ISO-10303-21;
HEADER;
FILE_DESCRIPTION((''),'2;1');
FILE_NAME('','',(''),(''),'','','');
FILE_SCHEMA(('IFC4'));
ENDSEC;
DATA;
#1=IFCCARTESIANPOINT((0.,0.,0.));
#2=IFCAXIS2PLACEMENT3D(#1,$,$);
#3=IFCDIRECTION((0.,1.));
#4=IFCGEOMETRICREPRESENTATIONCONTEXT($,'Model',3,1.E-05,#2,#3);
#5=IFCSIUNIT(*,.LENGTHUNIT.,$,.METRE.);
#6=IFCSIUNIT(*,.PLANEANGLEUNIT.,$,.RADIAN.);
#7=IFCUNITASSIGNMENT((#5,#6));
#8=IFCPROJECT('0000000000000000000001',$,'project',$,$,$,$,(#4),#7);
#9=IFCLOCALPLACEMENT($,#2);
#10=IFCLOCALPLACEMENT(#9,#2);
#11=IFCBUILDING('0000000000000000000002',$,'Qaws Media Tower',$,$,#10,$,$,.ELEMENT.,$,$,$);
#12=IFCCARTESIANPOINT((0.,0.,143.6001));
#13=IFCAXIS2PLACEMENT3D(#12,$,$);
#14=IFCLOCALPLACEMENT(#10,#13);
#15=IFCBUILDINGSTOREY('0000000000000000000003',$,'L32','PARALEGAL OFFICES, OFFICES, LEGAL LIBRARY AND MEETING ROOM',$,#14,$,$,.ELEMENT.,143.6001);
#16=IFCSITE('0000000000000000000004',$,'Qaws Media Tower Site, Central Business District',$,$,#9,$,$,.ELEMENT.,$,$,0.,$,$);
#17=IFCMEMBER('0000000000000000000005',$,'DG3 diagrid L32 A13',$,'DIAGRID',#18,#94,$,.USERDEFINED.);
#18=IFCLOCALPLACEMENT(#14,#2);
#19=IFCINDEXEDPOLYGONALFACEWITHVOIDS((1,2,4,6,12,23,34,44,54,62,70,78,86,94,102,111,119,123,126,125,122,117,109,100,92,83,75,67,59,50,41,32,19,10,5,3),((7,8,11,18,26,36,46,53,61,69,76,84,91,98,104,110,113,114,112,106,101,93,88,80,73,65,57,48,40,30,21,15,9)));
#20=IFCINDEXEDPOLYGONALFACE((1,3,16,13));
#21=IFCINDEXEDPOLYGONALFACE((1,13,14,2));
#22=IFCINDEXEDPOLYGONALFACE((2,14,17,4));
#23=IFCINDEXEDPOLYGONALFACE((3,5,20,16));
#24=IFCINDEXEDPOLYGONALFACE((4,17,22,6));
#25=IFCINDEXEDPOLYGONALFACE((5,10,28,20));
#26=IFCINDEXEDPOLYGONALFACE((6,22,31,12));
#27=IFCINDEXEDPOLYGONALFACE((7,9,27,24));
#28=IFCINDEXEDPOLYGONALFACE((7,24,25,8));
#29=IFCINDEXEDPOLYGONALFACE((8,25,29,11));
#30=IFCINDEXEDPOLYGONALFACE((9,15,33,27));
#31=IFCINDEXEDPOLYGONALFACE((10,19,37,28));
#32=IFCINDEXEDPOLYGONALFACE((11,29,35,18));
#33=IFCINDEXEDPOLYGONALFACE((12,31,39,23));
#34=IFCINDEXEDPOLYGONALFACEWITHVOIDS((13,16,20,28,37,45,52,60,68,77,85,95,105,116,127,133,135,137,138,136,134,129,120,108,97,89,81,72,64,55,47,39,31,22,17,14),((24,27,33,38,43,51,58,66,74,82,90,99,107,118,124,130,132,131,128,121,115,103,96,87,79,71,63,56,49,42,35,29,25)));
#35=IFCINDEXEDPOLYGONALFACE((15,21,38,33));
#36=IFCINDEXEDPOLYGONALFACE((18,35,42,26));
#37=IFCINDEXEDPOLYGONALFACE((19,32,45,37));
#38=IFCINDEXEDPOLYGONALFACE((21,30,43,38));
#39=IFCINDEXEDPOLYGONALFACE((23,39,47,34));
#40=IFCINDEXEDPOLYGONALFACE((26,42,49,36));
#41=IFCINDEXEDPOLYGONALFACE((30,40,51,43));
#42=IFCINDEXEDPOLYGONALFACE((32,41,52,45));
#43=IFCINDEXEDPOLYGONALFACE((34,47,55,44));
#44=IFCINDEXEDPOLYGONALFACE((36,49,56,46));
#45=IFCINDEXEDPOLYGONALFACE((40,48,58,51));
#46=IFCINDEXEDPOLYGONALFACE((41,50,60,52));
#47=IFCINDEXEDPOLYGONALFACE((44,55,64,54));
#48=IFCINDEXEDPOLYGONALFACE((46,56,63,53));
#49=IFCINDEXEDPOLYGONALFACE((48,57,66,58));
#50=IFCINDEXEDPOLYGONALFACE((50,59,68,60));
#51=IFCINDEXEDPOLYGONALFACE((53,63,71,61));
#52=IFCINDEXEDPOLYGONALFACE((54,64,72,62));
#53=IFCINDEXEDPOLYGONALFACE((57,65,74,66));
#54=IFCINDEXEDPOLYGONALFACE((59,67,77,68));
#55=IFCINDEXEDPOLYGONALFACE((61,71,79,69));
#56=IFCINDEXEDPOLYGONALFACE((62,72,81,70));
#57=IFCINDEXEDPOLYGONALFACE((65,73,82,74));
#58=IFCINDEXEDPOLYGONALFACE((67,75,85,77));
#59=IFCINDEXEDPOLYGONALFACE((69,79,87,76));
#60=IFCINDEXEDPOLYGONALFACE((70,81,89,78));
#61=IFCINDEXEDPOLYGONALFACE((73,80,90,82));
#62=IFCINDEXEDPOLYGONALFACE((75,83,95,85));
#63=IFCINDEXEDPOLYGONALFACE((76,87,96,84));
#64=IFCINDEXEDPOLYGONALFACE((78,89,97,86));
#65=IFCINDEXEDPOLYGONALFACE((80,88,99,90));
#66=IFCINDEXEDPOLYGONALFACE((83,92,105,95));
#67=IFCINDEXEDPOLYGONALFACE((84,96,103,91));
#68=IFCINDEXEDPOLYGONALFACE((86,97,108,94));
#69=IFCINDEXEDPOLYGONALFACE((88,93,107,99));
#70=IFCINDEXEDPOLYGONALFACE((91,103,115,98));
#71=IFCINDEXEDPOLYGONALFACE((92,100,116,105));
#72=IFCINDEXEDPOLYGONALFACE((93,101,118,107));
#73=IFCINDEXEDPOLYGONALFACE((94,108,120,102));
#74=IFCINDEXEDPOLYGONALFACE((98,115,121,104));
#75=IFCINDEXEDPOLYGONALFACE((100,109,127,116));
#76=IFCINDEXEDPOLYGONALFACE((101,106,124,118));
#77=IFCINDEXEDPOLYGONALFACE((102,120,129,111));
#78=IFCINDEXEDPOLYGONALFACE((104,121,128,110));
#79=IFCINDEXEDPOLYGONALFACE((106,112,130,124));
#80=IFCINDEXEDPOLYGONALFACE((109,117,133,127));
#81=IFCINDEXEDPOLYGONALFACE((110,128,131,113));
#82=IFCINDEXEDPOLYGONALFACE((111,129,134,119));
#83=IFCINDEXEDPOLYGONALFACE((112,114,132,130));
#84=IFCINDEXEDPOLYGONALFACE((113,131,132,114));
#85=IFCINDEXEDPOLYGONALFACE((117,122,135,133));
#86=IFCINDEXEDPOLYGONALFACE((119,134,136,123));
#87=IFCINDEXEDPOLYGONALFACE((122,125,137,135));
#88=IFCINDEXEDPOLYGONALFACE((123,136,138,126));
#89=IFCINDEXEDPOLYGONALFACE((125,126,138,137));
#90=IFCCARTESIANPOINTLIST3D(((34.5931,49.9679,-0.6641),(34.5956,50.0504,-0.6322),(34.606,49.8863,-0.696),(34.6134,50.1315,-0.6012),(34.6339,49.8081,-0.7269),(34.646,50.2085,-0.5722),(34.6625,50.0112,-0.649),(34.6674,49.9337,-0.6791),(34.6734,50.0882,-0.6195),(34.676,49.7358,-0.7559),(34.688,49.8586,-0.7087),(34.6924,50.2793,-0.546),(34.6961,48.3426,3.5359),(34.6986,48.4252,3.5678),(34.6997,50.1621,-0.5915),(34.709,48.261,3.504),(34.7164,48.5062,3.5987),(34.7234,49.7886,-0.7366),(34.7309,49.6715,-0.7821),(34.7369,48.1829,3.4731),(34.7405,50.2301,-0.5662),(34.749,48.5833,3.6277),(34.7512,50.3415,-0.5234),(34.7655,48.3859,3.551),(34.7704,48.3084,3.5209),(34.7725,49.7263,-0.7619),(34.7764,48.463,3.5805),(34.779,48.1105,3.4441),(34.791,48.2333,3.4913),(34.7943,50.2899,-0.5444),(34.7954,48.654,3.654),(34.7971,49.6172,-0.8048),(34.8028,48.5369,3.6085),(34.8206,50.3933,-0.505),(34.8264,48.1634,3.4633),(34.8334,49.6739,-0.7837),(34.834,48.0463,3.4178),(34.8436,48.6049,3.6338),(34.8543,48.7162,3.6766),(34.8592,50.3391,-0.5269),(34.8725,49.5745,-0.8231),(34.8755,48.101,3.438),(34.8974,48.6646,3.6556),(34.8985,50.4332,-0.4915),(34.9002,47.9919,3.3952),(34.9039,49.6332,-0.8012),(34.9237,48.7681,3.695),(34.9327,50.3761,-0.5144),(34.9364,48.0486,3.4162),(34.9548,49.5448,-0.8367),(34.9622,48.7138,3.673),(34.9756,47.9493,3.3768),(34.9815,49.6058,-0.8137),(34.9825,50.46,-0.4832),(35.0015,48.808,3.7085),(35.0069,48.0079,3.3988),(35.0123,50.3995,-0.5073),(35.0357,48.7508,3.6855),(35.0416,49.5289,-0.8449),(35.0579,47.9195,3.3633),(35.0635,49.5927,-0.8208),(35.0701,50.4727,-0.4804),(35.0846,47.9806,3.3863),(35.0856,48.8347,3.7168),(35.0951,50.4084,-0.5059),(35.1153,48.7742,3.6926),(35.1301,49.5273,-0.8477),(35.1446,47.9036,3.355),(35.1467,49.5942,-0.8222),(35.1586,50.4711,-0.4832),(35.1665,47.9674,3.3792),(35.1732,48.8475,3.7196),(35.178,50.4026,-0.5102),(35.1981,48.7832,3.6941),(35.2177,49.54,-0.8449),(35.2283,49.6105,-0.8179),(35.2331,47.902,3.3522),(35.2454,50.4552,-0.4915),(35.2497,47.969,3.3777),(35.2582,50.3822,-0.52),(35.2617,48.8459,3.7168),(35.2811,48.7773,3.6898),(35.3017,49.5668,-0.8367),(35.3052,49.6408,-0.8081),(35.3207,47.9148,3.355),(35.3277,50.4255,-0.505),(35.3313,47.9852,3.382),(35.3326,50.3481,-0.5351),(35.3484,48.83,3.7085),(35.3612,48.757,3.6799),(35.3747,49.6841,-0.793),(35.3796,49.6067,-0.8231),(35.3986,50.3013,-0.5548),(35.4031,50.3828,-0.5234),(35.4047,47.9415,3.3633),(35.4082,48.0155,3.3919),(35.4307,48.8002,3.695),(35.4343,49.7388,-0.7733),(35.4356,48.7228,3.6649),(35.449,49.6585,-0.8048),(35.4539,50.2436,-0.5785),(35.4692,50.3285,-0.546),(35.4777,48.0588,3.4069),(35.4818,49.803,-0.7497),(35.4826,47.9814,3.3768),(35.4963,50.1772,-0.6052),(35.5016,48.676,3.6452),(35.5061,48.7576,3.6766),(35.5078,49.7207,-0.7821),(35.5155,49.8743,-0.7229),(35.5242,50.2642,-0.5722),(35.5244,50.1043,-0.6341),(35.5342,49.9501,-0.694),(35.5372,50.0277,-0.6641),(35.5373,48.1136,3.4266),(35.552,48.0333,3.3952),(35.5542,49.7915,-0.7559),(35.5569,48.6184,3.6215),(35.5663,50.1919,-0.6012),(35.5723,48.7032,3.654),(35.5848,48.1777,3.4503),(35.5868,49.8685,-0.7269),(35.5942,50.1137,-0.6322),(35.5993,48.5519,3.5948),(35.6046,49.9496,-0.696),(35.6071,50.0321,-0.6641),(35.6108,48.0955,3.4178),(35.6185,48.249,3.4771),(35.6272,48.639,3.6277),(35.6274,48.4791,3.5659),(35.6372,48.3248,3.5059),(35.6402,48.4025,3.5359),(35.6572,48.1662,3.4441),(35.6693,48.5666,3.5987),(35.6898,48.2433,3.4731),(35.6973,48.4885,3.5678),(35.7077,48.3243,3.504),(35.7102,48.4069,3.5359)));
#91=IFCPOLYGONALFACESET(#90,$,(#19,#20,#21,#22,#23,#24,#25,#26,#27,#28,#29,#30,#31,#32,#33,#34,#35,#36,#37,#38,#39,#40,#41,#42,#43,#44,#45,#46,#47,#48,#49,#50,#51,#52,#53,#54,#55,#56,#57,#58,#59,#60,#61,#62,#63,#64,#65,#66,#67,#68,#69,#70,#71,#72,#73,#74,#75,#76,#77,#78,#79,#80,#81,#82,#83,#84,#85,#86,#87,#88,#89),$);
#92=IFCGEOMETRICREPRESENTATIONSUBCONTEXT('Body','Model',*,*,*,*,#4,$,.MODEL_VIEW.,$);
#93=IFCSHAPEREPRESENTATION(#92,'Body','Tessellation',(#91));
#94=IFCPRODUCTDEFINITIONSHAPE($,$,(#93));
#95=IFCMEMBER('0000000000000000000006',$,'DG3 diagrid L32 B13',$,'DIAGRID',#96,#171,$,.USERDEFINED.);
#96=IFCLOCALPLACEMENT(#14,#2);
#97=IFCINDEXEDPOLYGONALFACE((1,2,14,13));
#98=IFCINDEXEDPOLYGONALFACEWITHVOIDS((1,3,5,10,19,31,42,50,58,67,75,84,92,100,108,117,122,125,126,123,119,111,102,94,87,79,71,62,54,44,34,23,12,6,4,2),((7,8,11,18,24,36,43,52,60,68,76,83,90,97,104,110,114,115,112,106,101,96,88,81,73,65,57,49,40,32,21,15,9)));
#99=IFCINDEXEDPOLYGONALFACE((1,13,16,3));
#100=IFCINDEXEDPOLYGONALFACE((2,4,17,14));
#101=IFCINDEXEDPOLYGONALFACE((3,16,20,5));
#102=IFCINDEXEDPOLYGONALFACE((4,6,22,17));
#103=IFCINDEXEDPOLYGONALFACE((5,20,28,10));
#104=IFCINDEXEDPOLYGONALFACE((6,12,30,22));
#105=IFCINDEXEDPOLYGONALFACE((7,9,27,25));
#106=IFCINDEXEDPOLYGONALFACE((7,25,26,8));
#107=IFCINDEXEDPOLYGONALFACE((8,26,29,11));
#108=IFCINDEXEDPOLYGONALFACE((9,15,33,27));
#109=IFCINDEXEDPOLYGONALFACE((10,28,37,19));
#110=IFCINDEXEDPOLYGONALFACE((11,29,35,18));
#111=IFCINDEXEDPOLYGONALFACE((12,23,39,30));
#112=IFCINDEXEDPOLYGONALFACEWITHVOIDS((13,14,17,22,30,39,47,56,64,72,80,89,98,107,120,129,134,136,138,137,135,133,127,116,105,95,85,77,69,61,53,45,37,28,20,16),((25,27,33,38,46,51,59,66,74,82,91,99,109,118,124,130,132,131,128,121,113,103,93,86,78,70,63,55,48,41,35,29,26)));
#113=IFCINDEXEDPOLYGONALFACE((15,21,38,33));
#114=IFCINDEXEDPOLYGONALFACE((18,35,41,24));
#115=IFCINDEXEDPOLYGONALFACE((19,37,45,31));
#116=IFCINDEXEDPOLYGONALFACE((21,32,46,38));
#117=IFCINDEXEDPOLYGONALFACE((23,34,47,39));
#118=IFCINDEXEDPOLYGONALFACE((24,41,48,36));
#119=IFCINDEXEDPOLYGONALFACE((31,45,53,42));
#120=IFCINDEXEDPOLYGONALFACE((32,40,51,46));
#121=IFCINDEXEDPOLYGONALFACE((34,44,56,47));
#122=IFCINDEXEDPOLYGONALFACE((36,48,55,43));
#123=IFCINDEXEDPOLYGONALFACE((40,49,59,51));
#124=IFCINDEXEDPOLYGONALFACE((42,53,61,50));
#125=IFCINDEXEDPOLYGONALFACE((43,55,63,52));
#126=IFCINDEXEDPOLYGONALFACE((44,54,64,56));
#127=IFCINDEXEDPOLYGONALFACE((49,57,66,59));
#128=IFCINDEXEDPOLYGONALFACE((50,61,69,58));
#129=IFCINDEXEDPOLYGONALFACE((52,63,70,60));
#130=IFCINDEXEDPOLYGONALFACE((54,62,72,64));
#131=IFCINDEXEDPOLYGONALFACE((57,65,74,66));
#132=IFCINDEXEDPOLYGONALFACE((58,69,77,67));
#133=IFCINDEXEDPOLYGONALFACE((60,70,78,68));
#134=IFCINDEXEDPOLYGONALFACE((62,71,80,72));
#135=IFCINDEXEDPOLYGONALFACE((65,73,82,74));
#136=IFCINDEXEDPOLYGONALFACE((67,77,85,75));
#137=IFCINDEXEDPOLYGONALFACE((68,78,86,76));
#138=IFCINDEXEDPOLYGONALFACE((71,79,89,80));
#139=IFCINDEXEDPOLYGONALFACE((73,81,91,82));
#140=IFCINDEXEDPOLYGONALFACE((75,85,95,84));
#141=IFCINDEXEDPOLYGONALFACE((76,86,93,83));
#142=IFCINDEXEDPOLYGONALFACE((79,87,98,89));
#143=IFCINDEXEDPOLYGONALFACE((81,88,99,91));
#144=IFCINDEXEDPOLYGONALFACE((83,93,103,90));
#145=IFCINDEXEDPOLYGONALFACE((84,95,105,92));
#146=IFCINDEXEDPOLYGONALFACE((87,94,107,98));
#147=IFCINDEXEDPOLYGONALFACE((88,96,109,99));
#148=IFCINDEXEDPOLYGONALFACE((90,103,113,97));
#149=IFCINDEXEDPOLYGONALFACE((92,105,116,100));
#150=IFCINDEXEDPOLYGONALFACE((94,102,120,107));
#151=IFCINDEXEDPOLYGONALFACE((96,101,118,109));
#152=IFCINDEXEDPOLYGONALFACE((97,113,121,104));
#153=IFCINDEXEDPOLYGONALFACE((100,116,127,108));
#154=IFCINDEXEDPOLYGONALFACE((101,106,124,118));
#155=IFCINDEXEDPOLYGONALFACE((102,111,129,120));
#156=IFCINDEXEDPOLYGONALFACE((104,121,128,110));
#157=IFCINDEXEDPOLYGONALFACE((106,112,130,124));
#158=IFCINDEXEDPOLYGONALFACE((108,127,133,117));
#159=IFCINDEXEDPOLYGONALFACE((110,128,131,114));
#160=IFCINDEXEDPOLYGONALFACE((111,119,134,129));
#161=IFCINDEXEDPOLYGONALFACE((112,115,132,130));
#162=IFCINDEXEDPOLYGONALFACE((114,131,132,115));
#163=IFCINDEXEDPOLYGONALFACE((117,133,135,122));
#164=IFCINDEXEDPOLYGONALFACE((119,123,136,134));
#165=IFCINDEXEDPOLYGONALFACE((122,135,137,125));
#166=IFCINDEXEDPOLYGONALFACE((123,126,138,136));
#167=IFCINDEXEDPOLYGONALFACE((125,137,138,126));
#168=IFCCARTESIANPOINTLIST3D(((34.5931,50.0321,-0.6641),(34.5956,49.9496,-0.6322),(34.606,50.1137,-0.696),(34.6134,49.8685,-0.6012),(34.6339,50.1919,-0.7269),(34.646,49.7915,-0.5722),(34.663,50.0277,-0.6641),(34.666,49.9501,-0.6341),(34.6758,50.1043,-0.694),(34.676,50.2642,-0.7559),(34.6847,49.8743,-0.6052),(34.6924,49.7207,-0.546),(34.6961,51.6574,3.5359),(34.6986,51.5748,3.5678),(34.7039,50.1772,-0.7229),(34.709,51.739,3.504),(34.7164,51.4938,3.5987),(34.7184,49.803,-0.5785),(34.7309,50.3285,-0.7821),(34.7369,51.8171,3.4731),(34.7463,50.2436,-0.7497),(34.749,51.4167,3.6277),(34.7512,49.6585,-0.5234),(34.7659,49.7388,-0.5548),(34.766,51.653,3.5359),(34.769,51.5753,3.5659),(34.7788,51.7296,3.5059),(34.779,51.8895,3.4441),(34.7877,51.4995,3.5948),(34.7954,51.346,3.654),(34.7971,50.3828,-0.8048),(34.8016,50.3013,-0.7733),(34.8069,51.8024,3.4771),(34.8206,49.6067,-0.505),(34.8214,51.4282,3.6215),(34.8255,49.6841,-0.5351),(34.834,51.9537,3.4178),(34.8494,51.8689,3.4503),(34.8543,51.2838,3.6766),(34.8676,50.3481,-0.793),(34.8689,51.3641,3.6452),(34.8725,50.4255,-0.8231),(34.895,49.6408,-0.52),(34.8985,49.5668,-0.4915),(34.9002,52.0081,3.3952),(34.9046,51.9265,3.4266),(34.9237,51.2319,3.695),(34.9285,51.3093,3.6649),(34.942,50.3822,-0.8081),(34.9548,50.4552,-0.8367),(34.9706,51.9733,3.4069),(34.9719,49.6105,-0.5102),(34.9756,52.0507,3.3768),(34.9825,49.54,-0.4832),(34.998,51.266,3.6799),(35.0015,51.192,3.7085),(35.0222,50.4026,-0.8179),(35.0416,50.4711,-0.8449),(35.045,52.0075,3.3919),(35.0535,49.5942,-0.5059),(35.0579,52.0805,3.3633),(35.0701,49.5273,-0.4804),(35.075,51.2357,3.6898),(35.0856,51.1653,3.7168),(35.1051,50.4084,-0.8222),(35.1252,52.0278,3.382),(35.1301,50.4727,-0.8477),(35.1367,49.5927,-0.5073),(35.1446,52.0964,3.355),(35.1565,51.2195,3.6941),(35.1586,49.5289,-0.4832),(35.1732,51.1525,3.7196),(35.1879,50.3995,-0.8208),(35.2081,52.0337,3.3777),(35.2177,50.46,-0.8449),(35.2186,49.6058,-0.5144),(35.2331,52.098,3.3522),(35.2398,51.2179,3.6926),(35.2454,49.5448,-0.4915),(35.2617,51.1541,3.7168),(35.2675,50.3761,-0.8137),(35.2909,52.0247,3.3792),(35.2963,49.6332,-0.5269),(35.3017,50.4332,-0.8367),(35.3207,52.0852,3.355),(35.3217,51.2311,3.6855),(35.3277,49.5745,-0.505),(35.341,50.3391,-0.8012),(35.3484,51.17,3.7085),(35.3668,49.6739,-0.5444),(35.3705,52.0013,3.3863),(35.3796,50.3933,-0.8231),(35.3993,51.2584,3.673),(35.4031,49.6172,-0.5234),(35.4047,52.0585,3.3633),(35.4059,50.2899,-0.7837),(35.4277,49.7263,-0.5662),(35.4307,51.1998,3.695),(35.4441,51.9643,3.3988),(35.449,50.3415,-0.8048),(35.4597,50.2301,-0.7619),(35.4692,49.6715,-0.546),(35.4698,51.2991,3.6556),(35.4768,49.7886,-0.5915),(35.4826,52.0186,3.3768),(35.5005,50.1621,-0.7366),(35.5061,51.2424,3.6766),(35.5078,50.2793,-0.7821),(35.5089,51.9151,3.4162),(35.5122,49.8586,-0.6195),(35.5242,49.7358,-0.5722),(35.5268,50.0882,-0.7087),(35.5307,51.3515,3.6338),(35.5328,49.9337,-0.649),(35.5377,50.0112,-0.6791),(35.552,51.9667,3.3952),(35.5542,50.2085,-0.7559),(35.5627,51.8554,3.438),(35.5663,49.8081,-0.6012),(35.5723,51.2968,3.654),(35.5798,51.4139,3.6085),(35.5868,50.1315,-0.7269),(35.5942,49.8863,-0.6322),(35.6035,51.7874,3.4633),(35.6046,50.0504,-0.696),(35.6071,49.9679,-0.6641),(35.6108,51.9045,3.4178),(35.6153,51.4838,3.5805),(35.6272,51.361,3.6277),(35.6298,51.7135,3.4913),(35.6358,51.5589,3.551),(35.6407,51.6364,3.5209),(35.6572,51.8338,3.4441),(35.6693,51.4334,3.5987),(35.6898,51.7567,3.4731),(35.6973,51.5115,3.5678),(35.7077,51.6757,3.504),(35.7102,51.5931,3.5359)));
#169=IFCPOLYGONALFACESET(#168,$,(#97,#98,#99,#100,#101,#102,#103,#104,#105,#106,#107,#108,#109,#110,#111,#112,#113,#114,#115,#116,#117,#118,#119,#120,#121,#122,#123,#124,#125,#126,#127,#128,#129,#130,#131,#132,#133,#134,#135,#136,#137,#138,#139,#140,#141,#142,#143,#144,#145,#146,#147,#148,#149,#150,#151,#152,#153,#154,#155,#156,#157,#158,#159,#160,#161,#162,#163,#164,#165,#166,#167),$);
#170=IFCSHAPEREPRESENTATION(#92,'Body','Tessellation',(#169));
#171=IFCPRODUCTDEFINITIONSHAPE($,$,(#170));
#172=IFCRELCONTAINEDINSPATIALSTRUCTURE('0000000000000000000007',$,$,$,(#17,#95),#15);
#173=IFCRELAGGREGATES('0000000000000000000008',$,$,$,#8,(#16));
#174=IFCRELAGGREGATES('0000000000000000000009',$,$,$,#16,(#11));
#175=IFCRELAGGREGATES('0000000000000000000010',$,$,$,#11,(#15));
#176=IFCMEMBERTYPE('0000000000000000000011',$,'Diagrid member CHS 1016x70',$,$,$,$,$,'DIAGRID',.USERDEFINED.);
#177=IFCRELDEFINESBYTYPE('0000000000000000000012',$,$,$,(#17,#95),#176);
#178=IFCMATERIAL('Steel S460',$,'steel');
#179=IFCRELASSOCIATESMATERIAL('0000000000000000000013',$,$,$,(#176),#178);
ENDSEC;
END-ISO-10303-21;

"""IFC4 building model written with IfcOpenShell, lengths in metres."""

from ifc_helpers import new_model, si_unit, direction, frame, origin, origin_2d, place, context, subcontext, project, spatial, hollow_circle, extrude, material, material_profile, profile_set, type_object, element, save


model = new_model("IFC4")

# Units and contexts
model_context = context("Model", 3, precision=1e-05, world=origin(), true_north=direction((0.0, 1.0)))
body_context = subcontext(model_context, "Body", "Model", "MODEL_VIEW")
ifc_project = project(units=[si_unit("LENGTHUNIT", "METRE"), si_unit("PLANEANGLEUNIT", "RADIAN")], contexts=[model_context])

# Site, building, storey
site_placement = place(None, origin())
site = spatial("IfcSite", under=ifc_project, at=site_placement, Name="Qaws Media Tower Site, Central Business District", CompositionType="ELEMENT", RefElevation=0.0)
building_placement = place(site_placement, origin())
building = spatial("IfcBuilding", under=site, at=building_placement, Name="Qaws Media Tower", CompositionType="ELEMENT")
storey_placement = place(building_placement, frame((0.0, 0.0, 143.6001)))
storey = spatial("IfcBuildingStorey", under=building, at=storey_placement, Name="L32", Description="PARALEGAL OFFICES, OFFICES, LEGAL LIBRARY AND MEETING ROOM", CompositionType="ELEMENT", Elevation=143.6001)

# Members
ifc_material_1 = material(Name="Steel S460", Category="steel")
ifc_material_profile_1 = material_profile(ifc_material_1, hollow_circle(Radius=0.5081, WallThickness=0.0701, at=origin_2d()), Name="CHS 1016x70")
ifc_profile_set_1 = profile_set([ifc_material_profile_1], Name="Steel S460")
member_type_1 = type_object("IfcMemberType", Name="Diagrid member CHS 1016x70", ElementType="DIAGRID", PredefinedType="USERDEFINED", material=ifc_profile_set_1)
for number, where, z_axis, x_axis, name in (
    (1, (35.1001, 50.0, -0.6641), (0.022871, -0.360795, 0.932365), (0.997997, 0.063265, 0.0), "DG3 diagrid L32 A13"),
    (2, (35.1001, 50.0, -0.6641), (0.022871, 0.360795, 0.932365), (-0.997997, 0.063265, 0.0), "DG3 diagrid L32 B13"),
):
    element("IfcMember", number, at=place(storey_placement, frame(where, z_axis=z_axis, x_axis=x_axis)), inside=storey, type_object=member_type_1, Name=name, ObjectType="DIAGRID", PredefinedType="USERDEFINED", context=body_context, shape_type="SweptSolid", body=[
        extrude(hollow_circle(Radius=0.5081, WallThickness=0.0701, at=origin_2d()), origin(), (0.0, 0.0, 1.0), 4.5046),
    ])

save(model, "model.ifc")
